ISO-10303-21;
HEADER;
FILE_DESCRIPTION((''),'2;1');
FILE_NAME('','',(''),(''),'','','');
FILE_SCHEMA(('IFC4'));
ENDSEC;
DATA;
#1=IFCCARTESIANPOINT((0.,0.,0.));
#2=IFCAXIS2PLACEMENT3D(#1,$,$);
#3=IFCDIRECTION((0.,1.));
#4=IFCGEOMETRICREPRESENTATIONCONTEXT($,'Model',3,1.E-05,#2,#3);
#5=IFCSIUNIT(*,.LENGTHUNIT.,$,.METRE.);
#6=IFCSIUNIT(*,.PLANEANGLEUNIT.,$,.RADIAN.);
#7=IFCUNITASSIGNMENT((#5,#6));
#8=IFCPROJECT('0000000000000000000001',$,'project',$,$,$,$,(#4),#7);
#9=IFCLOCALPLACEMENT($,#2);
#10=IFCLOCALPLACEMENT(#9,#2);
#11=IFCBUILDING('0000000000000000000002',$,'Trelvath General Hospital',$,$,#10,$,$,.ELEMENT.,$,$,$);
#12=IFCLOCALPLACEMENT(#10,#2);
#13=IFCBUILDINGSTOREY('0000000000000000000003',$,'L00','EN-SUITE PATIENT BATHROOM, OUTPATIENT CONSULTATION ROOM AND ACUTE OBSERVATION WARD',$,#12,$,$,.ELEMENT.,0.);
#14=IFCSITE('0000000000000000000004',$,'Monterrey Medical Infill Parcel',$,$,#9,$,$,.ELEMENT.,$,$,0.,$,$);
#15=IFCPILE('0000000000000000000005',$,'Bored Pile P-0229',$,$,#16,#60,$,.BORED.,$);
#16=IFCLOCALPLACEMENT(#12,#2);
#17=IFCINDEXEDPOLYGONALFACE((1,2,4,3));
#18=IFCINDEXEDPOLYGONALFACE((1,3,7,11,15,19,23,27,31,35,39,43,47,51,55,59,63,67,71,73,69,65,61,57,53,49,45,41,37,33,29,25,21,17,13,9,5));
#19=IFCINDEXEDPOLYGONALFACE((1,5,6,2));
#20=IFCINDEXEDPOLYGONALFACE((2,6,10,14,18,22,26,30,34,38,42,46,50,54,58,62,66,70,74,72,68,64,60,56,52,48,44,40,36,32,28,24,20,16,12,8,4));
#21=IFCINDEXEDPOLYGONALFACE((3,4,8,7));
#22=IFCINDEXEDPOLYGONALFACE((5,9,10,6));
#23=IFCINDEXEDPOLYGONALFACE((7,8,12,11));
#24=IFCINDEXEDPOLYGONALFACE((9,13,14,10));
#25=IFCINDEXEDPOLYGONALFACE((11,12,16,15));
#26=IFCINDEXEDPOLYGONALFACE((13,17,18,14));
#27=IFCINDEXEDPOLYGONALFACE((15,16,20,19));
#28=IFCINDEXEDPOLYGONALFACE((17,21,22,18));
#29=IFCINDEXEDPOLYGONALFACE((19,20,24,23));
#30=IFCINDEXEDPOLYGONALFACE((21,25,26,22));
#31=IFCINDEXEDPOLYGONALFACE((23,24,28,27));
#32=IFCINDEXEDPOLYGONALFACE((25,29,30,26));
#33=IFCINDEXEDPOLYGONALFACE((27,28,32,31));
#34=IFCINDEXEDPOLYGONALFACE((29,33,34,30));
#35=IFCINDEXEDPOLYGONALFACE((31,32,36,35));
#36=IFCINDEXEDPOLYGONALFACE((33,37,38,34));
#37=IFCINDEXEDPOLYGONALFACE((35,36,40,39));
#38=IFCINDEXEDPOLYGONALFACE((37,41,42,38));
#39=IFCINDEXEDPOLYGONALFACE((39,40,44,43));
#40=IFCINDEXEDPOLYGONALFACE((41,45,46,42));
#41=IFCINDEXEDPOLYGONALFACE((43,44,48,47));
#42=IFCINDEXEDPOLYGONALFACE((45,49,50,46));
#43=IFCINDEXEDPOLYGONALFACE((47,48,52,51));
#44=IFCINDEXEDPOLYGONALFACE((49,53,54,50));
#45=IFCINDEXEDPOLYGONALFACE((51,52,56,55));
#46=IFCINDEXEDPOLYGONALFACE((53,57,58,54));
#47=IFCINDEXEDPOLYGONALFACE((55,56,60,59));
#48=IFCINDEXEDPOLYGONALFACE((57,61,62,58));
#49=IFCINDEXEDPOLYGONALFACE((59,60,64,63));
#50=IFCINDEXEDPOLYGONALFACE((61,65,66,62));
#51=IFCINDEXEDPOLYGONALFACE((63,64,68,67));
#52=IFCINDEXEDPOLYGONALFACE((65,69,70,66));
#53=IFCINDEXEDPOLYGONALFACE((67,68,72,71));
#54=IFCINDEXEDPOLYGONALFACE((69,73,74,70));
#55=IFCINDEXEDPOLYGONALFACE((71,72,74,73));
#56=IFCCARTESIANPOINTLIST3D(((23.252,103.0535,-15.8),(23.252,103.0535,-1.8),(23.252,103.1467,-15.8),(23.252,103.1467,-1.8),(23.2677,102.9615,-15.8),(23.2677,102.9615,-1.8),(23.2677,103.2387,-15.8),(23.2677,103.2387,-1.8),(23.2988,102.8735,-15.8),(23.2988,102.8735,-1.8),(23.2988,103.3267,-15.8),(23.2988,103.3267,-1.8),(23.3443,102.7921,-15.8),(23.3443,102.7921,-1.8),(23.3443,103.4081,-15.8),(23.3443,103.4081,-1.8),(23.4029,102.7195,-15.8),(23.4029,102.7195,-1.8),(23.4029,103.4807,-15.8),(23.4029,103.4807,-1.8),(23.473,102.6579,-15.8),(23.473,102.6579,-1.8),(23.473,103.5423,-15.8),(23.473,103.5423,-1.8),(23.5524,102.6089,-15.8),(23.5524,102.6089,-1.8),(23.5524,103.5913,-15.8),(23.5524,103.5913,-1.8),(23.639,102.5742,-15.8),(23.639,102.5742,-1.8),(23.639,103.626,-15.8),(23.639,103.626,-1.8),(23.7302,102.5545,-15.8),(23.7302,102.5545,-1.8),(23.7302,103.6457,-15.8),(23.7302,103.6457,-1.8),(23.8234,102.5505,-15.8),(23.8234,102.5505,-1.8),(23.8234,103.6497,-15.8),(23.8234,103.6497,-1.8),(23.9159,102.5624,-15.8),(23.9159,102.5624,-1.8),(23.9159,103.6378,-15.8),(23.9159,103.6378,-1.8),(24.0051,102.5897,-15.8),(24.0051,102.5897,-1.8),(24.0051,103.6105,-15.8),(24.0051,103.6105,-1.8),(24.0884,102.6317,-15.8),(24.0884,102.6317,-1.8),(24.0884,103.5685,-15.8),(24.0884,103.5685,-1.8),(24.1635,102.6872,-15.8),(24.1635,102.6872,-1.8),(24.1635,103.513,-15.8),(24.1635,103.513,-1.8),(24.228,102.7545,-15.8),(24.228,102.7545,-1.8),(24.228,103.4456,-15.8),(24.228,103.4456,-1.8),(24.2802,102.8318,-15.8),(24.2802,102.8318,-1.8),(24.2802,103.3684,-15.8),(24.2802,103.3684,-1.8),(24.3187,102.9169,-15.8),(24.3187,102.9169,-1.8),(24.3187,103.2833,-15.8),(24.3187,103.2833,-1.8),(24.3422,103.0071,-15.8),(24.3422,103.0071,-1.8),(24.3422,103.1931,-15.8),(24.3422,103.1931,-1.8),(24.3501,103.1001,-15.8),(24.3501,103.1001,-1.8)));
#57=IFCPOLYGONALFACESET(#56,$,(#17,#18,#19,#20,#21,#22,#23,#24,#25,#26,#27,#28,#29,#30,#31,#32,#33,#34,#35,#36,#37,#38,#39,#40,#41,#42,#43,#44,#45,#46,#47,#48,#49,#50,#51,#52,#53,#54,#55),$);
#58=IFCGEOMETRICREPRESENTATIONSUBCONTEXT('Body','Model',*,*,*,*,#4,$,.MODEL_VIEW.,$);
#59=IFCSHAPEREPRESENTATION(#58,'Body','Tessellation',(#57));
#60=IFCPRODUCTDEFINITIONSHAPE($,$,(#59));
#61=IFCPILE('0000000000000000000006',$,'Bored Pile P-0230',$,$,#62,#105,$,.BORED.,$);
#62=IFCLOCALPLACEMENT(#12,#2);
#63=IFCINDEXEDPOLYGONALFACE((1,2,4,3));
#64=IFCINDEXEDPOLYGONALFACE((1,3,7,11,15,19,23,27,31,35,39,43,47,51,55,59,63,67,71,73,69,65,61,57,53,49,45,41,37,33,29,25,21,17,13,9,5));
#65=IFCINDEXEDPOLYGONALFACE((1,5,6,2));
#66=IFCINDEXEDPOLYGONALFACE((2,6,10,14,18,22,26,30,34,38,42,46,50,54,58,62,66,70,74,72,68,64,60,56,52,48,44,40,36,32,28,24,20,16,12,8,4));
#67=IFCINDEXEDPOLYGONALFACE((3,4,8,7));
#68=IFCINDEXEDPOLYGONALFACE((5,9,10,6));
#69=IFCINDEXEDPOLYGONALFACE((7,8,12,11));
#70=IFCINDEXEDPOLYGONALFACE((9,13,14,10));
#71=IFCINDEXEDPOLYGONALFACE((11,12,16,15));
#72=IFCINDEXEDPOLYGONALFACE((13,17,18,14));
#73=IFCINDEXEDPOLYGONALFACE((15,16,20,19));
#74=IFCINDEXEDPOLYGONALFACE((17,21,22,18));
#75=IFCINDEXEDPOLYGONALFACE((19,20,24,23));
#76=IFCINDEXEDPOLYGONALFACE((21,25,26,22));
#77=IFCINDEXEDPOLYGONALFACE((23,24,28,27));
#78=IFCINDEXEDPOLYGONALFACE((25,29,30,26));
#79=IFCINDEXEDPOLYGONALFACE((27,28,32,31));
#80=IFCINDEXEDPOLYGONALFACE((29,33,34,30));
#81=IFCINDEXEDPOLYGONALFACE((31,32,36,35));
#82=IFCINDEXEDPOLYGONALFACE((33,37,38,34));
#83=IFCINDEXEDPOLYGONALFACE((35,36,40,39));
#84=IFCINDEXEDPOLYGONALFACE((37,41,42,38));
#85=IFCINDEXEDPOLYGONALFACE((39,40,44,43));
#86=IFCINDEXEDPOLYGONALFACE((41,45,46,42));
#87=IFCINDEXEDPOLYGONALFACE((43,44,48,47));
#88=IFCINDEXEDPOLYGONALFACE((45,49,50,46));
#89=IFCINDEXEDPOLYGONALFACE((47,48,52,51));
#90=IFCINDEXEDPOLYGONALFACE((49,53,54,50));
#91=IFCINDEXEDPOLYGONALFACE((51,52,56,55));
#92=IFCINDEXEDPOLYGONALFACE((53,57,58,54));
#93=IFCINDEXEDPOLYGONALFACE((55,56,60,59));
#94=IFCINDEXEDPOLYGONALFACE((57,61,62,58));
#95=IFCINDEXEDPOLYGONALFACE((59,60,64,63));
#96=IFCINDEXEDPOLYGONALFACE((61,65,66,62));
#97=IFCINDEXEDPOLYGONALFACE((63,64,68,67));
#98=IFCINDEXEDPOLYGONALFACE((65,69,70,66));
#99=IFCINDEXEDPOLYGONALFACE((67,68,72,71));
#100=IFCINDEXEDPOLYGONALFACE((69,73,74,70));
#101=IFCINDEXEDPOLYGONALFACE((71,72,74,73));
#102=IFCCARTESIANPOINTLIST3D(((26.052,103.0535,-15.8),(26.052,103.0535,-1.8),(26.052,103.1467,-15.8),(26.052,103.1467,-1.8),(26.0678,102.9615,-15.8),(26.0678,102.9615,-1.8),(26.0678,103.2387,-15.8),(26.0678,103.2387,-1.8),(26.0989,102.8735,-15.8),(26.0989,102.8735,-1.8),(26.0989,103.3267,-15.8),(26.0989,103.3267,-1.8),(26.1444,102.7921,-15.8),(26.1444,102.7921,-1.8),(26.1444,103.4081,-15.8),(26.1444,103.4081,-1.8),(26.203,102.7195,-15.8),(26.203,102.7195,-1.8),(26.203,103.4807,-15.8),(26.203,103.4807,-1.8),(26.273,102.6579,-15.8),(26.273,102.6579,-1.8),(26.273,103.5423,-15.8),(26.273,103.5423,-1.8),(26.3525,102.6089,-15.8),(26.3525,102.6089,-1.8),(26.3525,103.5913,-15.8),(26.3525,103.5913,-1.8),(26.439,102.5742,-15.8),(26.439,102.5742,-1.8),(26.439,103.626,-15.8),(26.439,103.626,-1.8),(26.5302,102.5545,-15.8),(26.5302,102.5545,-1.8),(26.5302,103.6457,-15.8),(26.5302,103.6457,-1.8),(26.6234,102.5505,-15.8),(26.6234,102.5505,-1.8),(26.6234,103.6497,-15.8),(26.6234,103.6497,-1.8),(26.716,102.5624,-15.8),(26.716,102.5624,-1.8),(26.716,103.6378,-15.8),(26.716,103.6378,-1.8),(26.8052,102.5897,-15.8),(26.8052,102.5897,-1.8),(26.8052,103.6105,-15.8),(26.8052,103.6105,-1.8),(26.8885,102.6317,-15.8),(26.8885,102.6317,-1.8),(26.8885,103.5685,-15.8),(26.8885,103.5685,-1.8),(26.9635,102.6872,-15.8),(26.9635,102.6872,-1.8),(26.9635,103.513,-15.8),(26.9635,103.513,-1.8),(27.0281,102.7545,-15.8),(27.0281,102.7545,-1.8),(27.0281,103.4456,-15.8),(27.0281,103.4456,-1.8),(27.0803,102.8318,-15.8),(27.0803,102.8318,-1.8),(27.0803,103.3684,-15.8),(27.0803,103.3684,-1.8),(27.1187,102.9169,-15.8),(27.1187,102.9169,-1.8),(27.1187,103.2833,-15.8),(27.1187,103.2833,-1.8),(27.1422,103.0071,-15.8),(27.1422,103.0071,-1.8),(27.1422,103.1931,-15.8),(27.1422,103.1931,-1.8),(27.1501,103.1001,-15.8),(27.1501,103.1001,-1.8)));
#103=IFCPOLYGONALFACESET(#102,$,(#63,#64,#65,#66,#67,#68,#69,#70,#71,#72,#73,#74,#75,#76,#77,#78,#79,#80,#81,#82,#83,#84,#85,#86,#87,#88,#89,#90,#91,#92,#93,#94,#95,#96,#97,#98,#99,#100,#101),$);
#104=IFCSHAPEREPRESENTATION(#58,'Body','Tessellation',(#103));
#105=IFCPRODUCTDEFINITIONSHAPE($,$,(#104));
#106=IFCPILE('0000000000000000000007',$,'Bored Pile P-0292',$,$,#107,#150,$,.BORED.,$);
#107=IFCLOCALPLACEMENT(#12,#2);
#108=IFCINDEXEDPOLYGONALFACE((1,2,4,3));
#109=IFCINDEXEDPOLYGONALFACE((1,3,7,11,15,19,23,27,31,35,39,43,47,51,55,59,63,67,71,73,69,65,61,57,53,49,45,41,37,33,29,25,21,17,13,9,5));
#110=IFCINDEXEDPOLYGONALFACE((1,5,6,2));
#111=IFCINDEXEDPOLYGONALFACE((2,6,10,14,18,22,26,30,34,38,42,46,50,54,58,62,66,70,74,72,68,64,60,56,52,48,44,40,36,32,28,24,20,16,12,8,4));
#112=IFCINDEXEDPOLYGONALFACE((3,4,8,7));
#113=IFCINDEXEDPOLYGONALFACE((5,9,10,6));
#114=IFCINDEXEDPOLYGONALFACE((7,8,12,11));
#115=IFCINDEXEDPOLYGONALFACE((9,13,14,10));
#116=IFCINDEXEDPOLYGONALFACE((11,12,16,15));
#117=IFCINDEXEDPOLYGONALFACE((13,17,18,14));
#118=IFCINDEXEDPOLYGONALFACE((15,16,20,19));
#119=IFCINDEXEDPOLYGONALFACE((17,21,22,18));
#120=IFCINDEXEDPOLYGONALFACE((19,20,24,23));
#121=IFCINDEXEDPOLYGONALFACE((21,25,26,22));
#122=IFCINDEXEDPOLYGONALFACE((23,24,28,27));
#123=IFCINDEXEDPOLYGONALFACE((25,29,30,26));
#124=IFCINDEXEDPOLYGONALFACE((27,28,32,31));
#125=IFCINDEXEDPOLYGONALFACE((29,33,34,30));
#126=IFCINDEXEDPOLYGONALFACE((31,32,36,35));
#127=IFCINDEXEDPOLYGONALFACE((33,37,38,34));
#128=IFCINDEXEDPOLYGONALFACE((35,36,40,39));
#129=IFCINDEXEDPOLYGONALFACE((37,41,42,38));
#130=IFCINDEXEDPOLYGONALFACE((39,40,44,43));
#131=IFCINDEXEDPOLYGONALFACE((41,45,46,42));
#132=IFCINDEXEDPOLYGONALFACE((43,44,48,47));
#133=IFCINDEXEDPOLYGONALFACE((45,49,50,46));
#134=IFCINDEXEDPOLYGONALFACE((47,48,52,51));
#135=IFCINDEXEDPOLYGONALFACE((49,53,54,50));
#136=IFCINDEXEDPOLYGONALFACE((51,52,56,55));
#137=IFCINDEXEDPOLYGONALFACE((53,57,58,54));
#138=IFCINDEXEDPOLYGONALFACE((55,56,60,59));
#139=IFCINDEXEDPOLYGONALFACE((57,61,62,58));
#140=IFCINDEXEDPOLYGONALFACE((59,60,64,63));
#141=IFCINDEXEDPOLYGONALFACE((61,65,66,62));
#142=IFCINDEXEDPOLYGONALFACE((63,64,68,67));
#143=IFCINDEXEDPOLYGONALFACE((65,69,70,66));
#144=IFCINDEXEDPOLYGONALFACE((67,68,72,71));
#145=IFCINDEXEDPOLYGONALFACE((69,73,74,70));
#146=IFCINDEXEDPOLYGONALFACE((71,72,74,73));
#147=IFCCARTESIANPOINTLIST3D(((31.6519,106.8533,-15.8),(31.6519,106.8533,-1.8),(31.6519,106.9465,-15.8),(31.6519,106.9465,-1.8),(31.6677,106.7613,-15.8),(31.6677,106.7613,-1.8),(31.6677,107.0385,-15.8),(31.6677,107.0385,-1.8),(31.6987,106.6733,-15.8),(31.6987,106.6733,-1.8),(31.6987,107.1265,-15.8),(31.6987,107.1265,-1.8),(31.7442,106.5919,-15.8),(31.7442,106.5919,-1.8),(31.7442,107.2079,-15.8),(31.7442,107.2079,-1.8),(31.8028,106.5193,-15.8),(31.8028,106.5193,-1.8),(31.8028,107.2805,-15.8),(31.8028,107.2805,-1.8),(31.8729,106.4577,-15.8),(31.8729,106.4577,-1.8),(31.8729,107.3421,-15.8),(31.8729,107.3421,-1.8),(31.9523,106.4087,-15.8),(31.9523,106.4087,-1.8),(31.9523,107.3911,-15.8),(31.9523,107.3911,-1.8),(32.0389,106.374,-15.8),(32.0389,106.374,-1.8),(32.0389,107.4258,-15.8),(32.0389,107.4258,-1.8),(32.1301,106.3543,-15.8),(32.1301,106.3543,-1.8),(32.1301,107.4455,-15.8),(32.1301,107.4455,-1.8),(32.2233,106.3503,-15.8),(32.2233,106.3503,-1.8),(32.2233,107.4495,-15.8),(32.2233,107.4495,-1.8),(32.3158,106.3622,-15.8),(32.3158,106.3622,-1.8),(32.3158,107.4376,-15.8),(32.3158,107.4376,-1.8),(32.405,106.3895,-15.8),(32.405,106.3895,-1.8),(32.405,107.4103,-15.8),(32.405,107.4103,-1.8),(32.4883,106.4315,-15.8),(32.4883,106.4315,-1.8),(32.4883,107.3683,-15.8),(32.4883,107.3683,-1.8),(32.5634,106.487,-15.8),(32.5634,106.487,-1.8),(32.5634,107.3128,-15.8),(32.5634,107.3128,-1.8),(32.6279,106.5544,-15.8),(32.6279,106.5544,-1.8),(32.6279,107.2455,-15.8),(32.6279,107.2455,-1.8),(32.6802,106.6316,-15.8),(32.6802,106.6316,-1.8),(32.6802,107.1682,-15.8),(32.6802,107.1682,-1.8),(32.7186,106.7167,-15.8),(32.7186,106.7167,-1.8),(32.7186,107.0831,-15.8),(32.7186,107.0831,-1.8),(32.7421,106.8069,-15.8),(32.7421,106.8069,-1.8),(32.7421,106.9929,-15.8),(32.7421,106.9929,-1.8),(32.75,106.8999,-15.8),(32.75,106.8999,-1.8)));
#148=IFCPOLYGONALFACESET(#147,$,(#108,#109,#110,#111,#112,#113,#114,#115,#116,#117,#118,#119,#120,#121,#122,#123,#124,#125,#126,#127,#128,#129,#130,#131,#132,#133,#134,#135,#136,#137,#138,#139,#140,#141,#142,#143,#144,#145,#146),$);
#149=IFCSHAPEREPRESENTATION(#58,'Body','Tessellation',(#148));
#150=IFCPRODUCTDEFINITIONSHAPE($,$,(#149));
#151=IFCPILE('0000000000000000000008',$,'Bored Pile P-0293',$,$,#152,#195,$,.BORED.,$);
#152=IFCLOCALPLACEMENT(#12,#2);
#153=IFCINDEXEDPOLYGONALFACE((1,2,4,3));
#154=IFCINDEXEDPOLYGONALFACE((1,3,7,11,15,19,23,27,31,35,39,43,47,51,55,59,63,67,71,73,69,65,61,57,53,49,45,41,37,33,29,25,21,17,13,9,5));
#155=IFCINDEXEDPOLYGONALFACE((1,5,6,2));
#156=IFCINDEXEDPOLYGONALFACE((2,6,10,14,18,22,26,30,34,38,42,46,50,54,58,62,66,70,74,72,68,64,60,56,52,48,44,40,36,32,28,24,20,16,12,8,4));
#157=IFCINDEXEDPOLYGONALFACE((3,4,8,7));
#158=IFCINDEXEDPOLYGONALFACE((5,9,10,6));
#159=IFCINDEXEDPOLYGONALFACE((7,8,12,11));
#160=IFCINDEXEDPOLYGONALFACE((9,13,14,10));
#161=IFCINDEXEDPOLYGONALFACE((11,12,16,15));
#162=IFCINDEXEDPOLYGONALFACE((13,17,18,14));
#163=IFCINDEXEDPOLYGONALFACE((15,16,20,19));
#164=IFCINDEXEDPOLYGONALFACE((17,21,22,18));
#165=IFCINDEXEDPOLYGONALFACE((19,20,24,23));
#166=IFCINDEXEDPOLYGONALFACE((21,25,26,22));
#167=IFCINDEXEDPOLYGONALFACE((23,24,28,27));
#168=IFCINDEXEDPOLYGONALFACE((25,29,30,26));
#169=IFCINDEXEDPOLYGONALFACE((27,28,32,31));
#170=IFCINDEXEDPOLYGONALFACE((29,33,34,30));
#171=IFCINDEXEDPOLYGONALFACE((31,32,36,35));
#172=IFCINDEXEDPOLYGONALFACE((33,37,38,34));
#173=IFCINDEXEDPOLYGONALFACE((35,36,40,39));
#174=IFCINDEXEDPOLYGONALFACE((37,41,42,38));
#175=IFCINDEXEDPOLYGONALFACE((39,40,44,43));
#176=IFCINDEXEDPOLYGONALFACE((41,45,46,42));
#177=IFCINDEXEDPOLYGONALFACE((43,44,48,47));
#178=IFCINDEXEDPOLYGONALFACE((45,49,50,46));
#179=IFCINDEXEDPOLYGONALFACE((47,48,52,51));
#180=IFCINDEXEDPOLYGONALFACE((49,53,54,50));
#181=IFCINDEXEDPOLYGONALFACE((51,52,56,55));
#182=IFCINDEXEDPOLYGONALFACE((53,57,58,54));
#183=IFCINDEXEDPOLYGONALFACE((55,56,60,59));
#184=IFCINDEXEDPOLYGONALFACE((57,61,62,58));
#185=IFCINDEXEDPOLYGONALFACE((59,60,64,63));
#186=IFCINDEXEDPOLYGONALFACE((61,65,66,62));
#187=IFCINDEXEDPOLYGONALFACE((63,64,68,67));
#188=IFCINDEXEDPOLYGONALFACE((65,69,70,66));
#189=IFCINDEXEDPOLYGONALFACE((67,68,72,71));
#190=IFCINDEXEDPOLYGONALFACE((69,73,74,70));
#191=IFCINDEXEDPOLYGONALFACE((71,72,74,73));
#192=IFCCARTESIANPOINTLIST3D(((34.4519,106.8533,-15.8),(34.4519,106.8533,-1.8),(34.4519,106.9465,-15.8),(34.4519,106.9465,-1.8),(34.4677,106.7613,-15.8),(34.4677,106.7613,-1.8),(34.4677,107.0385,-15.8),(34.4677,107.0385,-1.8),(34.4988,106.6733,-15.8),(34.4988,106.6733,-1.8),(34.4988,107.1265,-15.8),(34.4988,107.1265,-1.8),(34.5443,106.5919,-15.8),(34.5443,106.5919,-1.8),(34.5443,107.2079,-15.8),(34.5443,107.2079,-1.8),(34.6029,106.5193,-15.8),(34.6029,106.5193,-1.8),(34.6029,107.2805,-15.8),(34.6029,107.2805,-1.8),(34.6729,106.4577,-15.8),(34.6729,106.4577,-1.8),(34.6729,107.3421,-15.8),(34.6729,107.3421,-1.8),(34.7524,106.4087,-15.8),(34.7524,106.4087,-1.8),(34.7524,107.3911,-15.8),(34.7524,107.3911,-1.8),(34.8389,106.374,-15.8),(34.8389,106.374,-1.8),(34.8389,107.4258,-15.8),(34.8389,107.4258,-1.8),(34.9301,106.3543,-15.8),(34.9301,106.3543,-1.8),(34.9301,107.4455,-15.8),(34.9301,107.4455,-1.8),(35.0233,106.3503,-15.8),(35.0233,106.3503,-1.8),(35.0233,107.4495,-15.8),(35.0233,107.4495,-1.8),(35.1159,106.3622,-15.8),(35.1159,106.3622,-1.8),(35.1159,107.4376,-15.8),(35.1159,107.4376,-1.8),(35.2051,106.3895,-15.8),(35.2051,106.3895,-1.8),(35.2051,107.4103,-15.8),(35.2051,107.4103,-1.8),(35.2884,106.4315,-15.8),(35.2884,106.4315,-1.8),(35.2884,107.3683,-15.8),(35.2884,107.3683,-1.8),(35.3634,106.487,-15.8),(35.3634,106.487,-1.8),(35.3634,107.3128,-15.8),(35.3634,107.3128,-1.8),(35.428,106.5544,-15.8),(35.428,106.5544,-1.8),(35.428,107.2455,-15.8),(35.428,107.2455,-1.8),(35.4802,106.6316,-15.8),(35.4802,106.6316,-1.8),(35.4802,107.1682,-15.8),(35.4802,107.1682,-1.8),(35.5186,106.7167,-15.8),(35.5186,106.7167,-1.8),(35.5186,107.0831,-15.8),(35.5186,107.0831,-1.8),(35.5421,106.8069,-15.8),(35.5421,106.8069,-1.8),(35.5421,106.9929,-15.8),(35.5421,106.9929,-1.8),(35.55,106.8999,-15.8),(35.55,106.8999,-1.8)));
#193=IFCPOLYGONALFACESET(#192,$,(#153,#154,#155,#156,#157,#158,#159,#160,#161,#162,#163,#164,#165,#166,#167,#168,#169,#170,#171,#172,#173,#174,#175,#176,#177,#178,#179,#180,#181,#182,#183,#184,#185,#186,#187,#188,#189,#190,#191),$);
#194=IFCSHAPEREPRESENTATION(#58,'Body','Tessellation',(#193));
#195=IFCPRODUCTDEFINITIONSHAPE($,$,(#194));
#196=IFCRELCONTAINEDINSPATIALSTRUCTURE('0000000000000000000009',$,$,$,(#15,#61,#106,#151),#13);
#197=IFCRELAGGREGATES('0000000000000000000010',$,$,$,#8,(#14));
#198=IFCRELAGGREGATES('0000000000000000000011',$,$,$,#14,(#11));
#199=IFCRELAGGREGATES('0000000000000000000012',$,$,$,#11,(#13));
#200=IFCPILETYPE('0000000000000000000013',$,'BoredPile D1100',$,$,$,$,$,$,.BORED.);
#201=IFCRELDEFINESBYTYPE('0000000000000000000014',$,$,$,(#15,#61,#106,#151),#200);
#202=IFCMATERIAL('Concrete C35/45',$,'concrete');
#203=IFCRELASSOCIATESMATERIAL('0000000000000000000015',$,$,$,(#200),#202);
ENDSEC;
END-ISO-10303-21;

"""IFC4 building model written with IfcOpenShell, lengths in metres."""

from ifc_helpers import new_model, si_unit, direction, frame, origin, origin_2d, place, context, subcontext, project, spatial, circle, extrude, material, material_profile, profile_set, type_object, element, save


model = new_model("IFC4")

# Units and contexts
model_context = context("Model", 3, precision=1e-05, world=origin(), true_north=direction((0.0, 1.0)))
body_context = subcontext(model_context, "Body", "Model", "MODEL_VIEW")
ifc_project = project(units=[si_unit("LENGTHUNIT", "METRE"), si_unit("PLANEANGLEUNIT", "RADIAN")], contexts=[model_context])

# Site, building, storey
site_placement = place(None, origin())
site = spatial("IfcSite", under=ifc_project, at=site_placement, Name="Monterrey Medical Infill Parcel", CompositionType="ELEMENT", RefElevation=0.0)
building_placement = place(site_placement, origin())
building = spatial("IfcBuilding", under=site, at=building_placement, Name="Trelvath General Hospital", CompositionType="ELEMENT")
storey_placement = place(building_placement, origin())
storey = spatial("IfcBuildingStorey", under=building, at=storey_placement, Name="L00", Description="EN-SUITE PATIENT BATHROOM, OUTPATIENT CONSULTATION ROOM AND ACUTE OBSERVATION WARD", CompositionType="ELEMENT", Elevation=0.0)

# Piles
ifc_material_1 = material(Name="Concrete C35/45", Category="concrete")
ifc_material_profile_1 = material_profile(ifc_material_1, circle(Radius=0.55, at=origin_2d()), Name="PILE1100")
ifc_profile_set_1 = profile_set([ifc_material_profile_1], Name="Concrete C35/45")
pile_type_1 = type_object("IfcPileType", Name="BoredPile D1100", PredefinedType="BORED", material=ifc_profile_set_1)
for number, where, z_axis, x_axis, name in (
    (1, (23.8, 103.1001, -1.8), (0.0, 0.0, -1.0), (1.0, 0.0, 0.0), "Bored Pile P-0229"),
    (2, (26.6001, 103.1001, -1.8), (0.0, 0.0, -1.0), (1.0, 0.0, 0.0), "Bored Pile P-0230"),
    (3, (32.2, 106.8999, -1.8), (0.0, 0.0, -1.0), (1.0, 0.0, 0.0), "Bored Pile P-0292"),
    (4, (35.0, 106.8999, -1.8), (0.0, 0.0, -1.0), (1.0, 0.0, 0.0), "Bored Pile P-0293"),
):
    element("IfcPile", number, at=place(storey_placement, frame(where, z_axis=z_axis, x_axis=x_axis)), inside=storey, type_object=pile_type_1, Name=name, PredefinedType="BORED", context=body_context, shape_type="SweptSolid", body=[
        extrude(circle(Radius=0.55, at=origin_2d()), origin(), (0.0, 0.0, 1.0), 14.0),
    ])

save(model, "model.ifc")
